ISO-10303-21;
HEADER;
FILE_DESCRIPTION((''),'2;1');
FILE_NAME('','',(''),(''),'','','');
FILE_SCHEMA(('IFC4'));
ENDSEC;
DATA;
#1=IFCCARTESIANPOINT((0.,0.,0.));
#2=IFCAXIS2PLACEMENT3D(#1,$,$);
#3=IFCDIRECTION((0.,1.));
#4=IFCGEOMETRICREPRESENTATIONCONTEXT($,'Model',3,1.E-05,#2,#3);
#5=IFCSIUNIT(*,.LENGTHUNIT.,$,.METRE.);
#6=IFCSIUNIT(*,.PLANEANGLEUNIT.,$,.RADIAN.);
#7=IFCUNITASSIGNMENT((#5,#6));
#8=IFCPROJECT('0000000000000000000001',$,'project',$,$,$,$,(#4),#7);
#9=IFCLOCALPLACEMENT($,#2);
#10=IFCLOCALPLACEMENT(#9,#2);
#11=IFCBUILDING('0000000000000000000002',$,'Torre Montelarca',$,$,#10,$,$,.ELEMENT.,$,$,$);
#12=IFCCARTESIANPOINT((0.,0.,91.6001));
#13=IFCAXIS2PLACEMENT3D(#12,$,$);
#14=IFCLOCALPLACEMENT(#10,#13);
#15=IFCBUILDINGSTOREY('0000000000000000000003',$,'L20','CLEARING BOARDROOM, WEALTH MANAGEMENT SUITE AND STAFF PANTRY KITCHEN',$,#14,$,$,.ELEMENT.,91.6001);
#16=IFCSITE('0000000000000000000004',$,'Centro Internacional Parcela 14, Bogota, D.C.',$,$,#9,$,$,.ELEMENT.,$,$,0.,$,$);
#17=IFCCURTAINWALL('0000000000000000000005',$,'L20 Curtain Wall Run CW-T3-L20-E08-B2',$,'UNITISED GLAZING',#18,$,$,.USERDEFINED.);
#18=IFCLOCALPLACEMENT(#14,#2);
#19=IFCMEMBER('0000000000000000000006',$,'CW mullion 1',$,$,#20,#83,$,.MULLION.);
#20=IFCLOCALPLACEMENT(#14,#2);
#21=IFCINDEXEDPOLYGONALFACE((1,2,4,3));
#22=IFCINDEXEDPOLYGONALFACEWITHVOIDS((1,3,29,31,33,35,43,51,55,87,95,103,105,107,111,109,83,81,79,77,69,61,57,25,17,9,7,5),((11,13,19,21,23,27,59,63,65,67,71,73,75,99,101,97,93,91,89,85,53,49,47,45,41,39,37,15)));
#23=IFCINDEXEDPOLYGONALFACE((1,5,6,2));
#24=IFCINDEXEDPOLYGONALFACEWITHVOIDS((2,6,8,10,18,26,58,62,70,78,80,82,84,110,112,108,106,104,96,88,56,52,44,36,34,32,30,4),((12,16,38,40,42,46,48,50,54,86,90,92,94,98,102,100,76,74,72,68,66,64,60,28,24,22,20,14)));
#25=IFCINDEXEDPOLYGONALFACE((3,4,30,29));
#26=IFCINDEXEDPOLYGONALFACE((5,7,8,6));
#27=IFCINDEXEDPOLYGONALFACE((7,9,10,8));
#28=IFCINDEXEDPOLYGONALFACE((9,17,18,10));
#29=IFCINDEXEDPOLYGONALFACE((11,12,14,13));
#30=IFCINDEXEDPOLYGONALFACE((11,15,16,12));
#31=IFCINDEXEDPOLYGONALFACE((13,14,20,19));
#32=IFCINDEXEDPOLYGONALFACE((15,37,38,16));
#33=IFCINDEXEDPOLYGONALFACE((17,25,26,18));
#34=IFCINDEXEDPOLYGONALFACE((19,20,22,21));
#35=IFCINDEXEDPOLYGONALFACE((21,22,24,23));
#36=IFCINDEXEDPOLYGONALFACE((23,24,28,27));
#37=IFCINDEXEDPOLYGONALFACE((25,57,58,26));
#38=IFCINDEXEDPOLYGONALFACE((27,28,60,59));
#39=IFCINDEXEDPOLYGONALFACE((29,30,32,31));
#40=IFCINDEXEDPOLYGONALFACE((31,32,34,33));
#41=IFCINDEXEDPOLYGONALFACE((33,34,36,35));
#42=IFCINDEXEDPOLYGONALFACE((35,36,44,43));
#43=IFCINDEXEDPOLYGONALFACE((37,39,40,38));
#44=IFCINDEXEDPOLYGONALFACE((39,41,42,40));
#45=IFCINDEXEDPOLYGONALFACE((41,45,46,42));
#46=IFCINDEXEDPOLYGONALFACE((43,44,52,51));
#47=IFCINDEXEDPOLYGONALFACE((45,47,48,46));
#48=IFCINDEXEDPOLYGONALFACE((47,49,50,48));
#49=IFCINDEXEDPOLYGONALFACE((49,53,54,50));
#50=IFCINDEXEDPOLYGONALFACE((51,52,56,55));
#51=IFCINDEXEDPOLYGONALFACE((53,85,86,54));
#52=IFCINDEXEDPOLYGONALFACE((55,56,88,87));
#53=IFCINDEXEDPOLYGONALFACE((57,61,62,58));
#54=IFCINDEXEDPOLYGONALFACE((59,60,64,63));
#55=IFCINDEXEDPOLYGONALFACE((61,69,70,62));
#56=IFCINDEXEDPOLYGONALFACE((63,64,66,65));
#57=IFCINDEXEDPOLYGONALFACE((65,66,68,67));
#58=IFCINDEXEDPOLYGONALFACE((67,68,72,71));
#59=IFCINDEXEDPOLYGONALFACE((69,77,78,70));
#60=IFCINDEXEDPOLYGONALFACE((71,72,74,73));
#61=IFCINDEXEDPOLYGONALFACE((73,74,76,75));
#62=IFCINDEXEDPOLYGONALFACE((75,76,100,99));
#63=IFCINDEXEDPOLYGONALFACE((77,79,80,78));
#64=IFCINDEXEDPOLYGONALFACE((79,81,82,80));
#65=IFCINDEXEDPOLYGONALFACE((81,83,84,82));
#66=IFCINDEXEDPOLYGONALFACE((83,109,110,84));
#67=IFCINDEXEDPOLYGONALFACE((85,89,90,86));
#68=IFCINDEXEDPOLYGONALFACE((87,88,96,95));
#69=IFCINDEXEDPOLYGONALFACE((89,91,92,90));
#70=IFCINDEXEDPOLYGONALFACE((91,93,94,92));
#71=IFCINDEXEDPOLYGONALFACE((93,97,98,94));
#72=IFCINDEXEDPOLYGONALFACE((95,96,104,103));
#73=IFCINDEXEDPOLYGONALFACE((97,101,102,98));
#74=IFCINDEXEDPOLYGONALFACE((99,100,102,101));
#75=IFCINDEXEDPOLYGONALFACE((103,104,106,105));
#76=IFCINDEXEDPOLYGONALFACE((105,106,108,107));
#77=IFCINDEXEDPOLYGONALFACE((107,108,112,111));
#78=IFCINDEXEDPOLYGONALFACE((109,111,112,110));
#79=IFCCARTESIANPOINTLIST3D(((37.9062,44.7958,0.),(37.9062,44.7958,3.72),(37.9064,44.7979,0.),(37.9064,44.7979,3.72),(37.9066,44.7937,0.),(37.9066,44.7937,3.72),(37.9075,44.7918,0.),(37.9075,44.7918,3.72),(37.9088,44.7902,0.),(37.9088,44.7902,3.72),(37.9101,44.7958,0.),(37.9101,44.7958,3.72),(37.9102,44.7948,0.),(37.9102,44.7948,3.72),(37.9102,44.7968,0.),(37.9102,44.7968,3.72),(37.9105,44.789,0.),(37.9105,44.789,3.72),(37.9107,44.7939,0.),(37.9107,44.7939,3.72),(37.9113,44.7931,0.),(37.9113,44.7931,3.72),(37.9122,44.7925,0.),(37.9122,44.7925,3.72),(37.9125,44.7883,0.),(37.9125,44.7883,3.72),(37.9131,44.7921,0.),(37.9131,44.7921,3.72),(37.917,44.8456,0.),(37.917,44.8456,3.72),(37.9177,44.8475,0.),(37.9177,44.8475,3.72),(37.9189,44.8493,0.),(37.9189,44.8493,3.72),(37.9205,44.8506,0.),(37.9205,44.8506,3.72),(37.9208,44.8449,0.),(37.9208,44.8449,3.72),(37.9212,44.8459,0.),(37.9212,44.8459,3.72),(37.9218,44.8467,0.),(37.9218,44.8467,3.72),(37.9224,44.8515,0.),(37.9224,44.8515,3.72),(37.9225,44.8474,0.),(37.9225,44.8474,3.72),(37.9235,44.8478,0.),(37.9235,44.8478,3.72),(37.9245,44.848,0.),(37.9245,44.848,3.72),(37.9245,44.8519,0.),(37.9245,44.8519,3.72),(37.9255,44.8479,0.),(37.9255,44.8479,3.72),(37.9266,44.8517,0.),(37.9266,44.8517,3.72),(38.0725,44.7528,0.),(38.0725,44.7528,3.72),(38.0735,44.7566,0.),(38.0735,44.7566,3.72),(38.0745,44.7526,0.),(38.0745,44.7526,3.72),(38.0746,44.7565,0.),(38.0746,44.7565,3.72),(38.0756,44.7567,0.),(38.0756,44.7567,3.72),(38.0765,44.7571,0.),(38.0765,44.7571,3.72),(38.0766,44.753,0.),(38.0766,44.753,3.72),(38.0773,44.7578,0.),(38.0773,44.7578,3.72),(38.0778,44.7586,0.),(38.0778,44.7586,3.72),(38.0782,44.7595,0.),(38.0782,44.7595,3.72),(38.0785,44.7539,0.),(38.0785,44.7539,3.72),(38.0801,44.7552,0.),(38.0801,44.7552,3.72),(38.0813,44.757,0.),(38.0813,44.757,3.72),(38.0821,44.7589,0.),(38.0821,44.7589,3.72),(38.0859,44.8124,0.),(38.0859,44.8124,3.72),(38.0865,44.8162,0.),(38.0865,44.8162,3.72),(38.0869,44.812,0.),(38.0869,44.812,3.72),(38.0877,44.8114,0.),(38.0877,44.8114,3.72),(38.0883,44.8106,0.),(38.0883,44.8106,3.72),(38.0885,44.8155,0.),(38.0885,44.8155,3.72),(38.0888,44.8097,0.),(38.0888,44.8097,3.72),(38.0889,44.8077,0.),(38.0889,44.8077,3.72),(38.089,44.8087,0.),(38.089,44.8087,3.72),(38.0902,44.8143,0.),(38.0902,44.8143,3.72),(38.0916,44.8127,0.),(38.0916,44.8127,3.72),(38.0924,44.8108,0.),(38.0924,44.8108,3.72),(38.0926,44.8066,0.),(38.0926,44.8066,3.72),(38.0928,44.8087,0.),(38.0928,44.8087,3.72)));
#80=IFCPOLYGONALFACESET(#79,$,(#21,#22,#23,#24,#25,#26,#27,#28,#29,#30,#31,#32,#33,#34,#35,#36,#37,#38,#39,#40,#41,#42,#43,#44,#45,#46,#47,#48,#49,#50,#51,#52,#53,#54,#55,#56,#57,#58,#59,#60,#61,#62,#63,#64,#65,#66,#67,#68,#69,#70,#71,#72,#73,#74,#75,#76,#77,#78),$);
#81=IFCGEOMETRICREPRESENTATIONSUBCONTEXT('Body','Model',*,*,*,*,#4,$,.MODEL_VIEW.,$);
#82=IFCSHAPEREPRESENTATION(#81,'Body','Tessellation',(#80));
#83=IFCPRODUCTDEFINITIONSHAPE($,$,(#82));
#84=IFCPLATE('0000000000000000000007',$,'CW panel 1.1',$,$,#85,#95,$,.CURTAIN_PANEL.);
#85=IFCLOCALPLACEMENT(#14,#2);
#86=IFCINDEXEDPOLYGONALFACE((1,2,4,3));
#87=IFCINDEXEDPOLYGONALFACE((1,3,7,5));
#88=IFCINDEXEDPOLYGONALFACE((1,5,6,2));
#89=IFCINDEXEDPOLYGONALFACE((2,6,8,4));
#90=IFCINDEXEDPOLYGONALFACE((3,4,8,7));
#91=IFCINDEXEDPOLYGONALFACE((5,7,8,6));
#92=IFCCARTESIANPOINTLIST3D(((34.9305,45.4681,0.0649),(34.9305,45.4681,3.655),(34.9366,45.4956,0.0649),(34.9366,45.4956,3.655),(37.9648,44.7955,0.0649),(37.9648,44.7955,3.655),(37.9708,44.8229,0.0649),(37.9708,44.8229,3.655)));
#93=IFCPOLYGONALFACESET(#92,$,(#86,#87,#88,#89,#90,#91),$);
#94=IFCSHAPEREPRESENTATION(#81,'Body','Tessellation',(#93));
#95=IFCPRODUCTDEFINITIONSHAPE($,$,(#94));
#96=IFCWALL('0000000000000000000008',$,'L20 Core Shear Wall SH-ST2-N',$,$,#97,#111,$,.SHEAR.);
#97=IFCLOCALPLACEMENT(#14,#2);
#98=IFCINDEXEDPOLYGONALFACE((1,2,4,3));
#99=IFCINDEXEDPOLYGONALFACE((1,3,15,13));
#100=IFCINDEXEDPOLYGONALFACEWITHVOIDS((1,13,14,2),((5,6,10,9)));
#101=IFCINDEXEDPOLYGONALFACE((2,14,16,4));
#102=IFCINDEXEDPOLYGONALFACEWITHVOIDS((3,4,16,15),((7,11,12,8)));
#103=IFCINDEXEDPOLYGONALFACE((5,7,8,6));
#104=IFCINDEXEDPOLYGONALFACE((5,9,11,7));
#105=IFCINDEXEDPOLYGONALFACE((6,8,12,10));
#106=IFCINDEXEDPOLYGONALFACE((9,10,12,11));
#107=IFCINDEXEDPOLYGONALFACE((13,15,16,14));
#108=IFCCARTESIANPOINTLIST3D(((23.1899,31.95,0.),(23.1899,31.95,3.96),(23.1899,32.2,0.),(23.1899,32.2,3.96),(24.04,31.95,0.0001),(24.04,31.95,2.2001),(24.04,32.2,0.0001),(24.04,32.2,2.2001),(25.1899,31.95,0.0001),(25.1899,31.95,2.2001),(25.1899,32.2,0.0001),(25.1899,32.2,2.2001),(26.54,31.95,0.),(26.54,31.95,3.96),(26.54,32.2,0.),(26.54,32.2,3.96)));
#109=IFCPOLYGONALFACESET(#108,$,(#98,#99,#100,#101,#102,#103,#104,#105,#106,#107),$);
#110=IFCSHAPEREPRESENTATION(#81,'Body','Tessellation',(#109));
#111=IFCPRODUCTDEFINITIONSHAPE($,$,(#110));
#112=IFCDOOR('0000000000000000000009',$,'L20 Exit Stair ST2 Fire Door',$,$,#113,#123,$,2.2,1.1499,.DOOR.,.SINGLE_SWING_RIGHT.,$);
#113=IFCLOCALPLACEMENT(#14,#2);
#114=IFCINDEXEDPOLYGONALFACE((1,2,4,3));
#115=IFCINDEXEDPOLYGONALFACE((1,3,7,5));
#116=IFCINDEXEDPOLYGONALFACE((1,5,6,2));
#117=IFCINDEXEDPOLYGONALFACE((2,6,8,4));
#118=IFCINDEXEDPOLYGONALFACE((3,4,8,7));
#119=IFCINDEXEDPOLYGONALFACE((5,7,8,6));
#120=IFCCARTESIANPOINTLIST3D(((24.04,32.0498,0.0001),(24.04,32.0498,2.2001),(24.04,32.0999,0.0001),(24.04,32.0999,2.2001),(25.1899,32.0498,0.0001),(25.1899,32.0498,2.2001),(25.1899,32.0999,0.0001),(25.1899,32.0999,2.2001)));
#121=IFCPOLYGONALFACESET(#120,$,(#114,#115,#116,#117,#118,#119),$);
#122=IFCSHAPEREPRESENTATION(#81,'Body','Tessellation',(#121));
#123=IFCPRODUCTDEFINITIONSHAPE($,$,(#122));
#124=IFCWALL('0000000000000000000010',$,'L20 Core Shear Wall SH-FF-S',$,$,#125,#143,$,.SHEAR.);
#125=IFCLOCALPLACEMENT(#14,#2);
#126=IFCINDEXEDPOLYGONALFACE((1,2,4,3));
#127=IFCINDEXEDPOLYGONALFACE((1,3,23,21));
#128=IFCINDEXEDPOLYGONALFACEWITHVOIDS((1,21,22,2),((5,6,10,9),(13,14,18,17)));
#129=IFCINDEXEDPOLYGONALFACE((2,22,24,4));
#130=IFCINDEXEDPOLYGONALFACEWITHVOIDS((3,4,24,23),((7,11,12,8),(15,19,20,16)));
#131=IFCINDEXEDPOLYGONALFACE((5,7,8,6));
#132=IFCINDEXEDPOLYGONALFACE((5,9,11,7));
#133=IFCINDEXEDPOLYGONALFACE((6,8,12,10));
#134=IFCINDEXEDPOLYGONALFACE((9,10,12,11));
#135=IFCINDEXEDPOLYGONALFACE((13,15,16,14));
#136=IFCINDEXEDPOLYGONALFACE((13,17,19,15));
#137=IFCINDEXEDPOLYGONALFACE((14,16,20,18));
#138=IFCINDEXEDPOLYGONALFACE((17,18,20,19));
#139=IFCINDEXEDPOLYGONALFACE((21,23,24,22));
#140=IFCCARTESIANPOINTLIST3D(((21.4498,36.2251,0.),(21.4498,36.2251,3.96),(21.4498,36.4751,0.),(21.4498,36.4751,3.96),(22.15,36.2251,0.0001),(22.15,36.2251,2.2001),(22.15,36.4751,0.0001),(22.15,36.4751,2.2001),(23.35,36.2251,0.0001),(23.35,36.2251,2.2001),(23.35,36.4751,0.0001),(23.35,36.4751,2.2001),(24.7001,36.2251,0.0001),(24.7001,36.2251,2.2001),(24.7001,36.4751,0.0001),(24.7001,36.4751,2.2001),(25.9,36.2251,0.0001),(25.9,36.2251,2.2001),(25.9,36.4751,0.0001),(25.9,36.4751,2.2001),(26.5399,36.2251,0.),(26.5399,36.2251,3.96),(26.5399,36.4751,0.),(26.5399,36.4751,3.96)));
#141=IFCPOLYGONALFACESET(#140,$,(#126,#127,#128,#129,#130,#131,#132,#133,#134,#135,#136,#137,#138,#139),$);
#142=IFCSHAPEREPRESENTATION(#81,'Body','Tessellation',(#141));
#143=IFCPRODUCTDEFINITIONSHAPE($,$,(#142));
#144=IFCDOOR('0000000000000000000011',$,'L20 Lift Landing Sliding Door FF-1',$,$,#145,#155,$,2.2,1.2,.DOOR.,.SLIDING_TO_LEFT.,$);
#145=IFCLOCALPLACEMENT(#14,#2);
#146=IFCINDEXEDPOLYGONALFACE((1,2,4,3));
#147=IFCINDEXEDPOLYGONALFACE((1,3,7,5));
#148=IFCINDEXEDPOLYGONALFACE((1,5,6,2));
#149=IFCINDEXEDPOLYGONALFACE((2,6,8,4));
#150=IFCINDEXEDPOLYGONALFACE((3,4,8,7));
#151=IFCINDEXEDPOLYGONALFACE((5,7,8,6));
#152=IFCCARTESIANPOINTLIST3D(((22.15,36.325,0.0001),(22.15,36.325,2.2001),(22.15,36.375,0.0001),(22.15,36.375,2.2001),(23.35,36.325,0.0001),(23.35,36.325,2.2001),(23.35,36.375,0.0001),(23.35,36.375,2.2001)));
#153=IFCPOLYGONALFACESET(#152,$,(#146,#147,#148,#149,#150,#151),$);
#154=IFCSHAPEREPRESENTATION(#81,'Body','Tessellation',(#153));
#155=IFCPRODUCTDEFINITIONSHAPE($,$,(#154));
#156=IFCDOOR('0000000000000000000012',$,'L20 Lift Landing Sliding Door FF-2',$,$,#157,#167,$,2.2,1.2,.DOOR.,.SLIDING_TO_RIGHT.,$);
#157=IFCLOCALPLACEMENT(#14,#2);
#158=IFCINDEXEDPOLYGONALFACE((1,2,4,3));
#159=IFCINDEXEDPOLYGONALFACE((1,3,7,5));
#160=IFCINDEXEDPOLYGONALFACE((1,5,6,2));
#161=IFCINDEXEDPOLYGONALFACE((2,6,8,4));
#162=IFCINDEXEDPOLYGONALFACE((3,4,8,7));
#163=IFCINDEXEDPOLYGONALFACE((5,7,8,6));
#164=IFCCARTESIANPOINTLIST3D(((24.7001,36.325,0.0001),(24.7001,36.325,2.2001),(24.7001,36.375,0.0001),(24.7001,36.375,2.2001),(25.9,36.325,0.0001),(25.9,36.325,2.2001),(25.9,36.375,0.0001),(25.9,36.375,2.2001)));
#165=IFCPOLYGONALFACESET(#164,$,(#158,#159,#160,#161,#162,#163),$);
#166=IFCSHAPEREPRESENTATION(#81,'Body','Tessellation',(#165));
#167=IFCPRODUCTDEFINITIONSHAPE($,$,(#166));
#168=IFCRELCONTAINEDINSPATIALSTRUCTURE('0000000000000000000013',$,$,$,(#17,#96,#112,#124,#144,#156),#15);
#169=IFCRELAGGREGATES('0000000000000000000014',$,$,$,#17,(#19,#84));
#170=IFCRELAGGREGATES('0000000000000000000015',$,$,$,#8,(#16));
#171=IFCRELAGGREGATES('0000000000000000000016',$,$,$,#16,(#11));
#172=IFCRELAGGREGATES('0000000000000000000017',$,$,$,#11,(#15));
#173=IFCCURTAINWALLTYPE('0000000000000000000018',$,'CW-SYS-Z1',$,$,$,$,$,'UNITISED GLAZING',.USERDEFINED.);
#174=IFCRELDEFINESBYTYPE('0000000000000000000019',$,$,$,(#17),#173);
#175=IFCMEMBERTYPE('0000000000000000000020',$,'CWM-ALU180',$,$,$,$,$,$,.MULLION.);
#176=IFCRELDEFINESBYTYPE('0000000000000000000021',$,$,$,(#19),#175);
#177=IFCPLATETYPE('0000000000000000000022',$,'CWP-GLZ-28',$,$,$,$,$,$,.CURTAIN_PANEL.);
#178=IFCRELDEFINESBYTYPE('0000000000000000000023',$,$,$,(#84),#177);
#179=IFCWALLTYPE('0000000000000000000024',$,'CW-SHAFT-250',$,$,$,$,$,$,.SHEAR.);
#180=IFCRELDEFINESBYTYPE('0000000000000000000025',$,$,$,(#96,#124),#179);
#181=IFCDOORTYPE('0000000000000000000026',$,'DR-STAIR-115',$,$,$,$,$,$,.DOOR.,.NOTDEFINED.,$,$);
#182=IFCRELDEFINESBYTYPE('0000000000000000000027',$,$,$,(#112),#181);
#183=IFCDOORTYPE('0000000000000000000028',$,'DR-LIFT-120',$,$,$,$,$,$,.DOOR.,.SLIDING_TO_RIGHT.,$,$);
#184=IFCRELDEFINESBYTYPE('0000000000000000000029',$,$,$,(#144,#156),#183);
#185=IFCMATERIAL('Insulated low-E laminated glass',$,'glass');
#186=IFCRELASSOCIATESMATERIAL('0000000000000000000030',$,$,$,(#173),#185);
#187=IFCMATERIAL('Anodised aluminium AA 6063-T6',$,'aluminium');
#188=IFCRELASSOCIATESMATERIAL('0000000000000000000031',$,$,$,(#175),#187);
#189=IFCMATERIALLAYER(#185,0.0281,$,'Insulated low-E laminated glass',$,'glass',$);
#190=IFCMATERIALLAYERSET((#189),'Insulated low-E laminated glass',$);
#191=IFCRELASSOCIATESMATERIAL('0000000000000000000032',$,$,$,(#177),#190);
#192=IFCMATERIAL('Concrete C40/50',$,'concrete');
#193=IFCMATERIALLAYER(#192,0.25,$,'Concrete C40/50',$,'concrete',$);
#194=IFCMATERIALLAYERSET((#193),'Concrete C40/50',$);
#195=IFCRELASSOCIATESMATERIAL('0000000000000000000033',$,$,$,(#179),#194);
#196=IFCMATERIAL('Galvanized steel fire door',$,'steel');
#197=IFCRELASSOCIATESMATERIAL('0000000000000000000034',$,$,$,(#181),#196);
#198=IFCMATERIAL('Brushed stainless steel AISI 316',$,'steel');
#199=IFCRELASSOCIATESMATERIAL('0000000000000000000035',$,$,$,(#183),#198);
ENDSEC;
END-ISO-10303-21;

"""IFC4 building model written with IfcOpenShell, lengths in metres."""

from ifc_helpers import new_model, si_unit, direction, frame, frame_2d, origin, origin_2d, place, context, subcontext, project, spatial, rectangle, hollow_rectangle, extrude, source, transform, mapped, material, layer, layer_set, material_profile, profile_set, type_object, element, fill, aggregate, save


model = new_model("IFC4")

# Units and contexts
model_context = context("Model", 3, precision=1e-05, world=origin(), true_north=direction((0.0, 1.0)))
body_context = subcontext(model_context, "Body", "Model", "MODEL_VIEW")
ifc_project = project(units=[si_unit("LENGTHUNIT", "METRE"), si_unit("PLANEANGLEUNIT", "RADIAN")], contexts=[model_context])

# Site, building, storey
site_placement = place(None, origin())
site = spatial("IfcSite", under=ifc_project, at=site_placement, Name="Centro Internacional Parcela 14, Bogota, D.C.", CompositionType="ELEMENT", RefElevation=0.0)
building_placement = place(site_placement, origin())
building = spatial("IfcBuilding", under=site, at=building_placement, Name="Torre Montelarca", CompositionType="ELEMENT")
storey_placement = place(building_placement, frame((0.0, 0.0, 91.6001)))
storey = spatial("IfcBuildingStorey", under=building, at=storey_placement, Name="L20", Description="CLEARING BOARDROOM, WEALTH MANAGEMENT SUITE AND STAFF PANTRY KITCHEN", CompositionType="ELEMENT", Elevation=91.6001)

# Curtain wall, member, plate
ifc_material_1 = material(Name="Insulated low-E laminated glass", Category="glass")
curtain_wall_type = type_object("IfcCurtainWallType", Name="CW-SYS-Z1", ElementType="UNITISED GLAZING", PredefinedType="USERDEFINED", material=ifc_material_1)
curtain_wall_placement = place(storey_placement, origin())
curtain_wall = element("IfcCurtainWall", 1, at=curtain_wall_placement, inside=storey, type_object=curtain_wall_type, Name="L20 Curtain Wall Run CW-T3-L20-E08-B2", ObjectType="UNITISED GLAZING", PredefinedType="USERDEFINED")
ifc_material_2 = material(Name="Anodised aluminium AA 6063-T6", Category="aluminium")
ifc_material_profile_1 = material_profile(ifc_material_2, hollow_rectangle(XDim=0.0649, YDim=0.1799, WallThickness=0.0039, InnerFilletRadius=0.0039, OuterFilletRadius=0.0081, at=origin_2d()), Name="ALU65X180X4", Category="aluminium")
ifc_profile_set_1 = profile_set([ifc_material_profile_1], Name="Anodised aluminium AA 6063-T6")
member_type_1 = type_object("IfcMemberType", Name="CWM-ALU180", PredefinedType="MULLION", material=ifc_profile_set_1)
shared_shape_1 = source(origin(), body_context, "Body", "SweptSolid", [
    extrude(hollow_rectangle(XDim=0.0649, YDim=0.1799, WallThickness=0.0039, InnerFilletRadius=0.0039, OuterFilletRadius=0.0081, at=origin_2d()), origin(), (0.0, 0.0, 1.0), 3.72),
])
member_1_placement = place(storey_placement, frame((37.9995, 44.8022, 0.0), z_axis=(0.0, 0.0, 1.0), x_axis=(-0.216445, -0.976295, 0.0)))
member_1 = element("IfcMember", 2, at=member_1_placement, type_object=member_type_1, Name="CW mullion 1", PredefinedType="MULLION", context=body_context, shape_type="MappedRepresentation", body=[
    mapped(shared_shape_1, transform((0.0, 0.0, 0.0), scale=1.0)),
])
ifc_layer_1 = layer(ifc_material_1, 0.0281, Name="Insulated low-E laminated glass", Category="glass")
ifc_layer_set_1 = layer_set([ifc_layer_1], Name="Insulated low-E laminated glass")
plate_type = type_object("IfcPlateType", Name="CWP-GLZ-28", PredefinedType="CURTAIN_PANEL", material=ifc_layer_set_1)
shared_shape_2 = source(origin(), body_context, "Body", "SweptSolid", [
    extrude(rectangle(XDim=3.1079, YDim=0.0281, at=origin_2d()), origin(), (0.0, 0.0, 1.0), 3.5901),
])
plate_placement = place(storey_placement, frame((36.4507, 45.1455, 0.0649), z_axis=(0.0, 0.0, 1.0), x_axis=(-0.976295, 0.216445, 0.0)))
plate = element("IfcPlate", 3, at=plate_placement, type_object=plate_type, Name="CW panel 1.1", PredefinedType="CURTAIN_PANEL", context=body_context, shape_type="MappedRepresentation", body=[
    mapped(shared_shape_2, transform((0.0, 0.0, 0.0), scale=1.0)),
])
aggregate(curtain_wall, [member_1, plate])

# Wall, opening, door
ifc_material_3 = material(Name="Concrete C40/50", Category="concrete")
ifc_layer_2 = layer(ifc_material_3, 0.25, Name="Concrete C40/50", Category="concrete")
ifc_layer_set_2 = layer_set([ifc_layer_2], Name="Concrete C40/50")
wall_type_1 = type_object("IfcWallType", Name="CW-SHAFT-250", PredefinedType="SHEAR", material=ifc_layer_set_2)
wall_1_placement = place(storey_placement, frame((23.1899, 32.075, 0.0), z_axis=(0.0, 0.0, 1.0), x_axis=(1.0, 0.0, 0.0)))
wall_1 = element("IfcWall", 4, at=wall_1_placement, inside=storey, type_object=wall_type_1, Name="L20 Core Shear Wall SH-ST2-N", PredefinedType="SHEAR", context=body_context, shape_type="SweptSolid", body=[
    extrude(rectangle(XDim=3.3501, YDim=0.25, at=frame_2d((1.675, 0.0))), origin(), (0.0, 0.0, 1.0), 3.96),
])
opening_1_placement = place(wall_1_placement, frame((0.8501, 0.0, 0.0)))
opening_1 = element("IfcOpeningElement", 5, at=opening_1_placement, cuts=wall_1, PredefinedType="OPENING", context=body_context, shape_type="SweptSolid", body=[
    extrude(rectangle(XDim=1.1499, YDim=2.2, at=frame_2d((0.575, 1.1001))), frame((0.0, 0.135, 0.0), z_axis=(0.0, -1.0, 0.0), x_axis=(1.0, 0.0, 0.0)), (0.0, 0.0, 1.0), 0.27),
])
ifc_material_4 = material(Name="Galvanized steel fire door", Category="steel")
door_type_1 = type_object("IfcDoorType", Name="DR-STAIR-115", OperationType="NOTDEFINED", PredefinedType="DOOR", material=ifc_material_4)
shared_shape_3 = source(origin(), body_context, "Body", "SweptSolid", [
    extrude(rectangle(XDim=1.1499, YDim=2.2, at=frame_2d((0.575, 1.1001))), frame((0.0, 0.0249, 0.0), z_axis=(0.0, -1.0, 0.0), x_axis=(1.0, 0.0, 0.0)), (0.0, 0.0, 1.0), 0.05),
])
door_1_placement = place(opening_1_placement, origin())
door_1 = element("IfcDoor", 6, at=door_1_placement, inside=storey, type_object=door_type_1, Name="L20 Exit Stair ST2 Fire Door", OperationType="SINGLE_SWING_RIGHT", OverallHeight=2.2, OverallWidth=1.1499, PredefinedType="DOOR", context=body_context, shape_type="MappedRepresentation", body=[
    mapped(shared_shape_3, transform((0.0, 0.0, 0.0), scale=1.0)),
])
fill(opening_1, door_1)

# Wall, openings, doors
wall_2_placement = place(storey_placement, frame((21.45, 36.3501, 0.0), z_axis=(0.0, 0.0, 1.0), x_axis=(1.0, 0.0, 0.0)))
wall_2 = element("IfcWall", 7, at=wall_2_placement, inside=storey, type_object=wall_type_1, Name="L20 Core Shear Wall SH-FF-S", PredefinedType="SHEAR", context=body_context, shape_type="SweptSolid", body=[
    extrude(rectangle(XDim=5.0901, YDim=0.25, at=frame_2d((2.5449, 0.0))), origin(), (0.0, 0.0, 1.0), 3.96),
])
opening_2_placement = place(wall_2_placement, frame((0.7, 0.0, 0.0)))
opening_2 = element("IfcOpeningElement", 8, at=opening_2_placement, cuts=wall_2, PredefinedType="OPENING", context=body_context, shape_type="SweptSolid", body=[
    extrude(rectangle(XDim=1.2, YDim=2.2, at=frame_2d((0.6001, 1.1001))), frame((0.0, 0.135, 0.0), z_axis=(0.0, -1.0, 0.0), x_axis=(1.0, 0.0, 0.0)), (0.0, 0.0, 1.0), 0.27),
])
opening_3_placement = place(wall_2_placement, frame((3.25, 0.0, 0.0)))
opening_3 = element("IfcOpeningElement", 9, at=opening_3_placement, cuts=wall_2, PredefinedType="OPENING", context=body_context, shape_type="SweptSolid", body=[
    extrude(rectangle(XDim=1.2, YDim=2.2, at=frame_2d((0.6001, 1.1001))), frame((0.0, 0.135, 0.0), z_axis=(0.0, -1.0, 0.0), x_axis=(1.0, 0.0, 0.0)), (0.0, 0.0, 1.0), 0.27),
])
ifc_material_5 = material(Name="Brushed stainless steel AISI 316", Category="steel")
door_type_2 = type_object("IfcDoorType", Name="DR-LIFT-120", OperationType="SLIDING_TO_RIGHT", PredefinedType="DOOR", material=ifc_material_5)
shared_shape_4 = source(origin(), body_context, "Body", "SweptSolid", [
    extrude(rectangle(XDim=1.2, YDim=2.2, at=frame_2d((0.6001, 1.1001))), frame((0.0, 0.0249, 0.0), z_axis=(0.0, -1.0, 0.0), x_axis=(1.0, 0.0, 0.0)), (0.0, 0.0, 1.0), 0.05),
])
door_2_placement = place(opening_2_placement, origin())
door_2 = element("IfcDoor", 10, at=door_2_placement, inside=storey, type_object=door_type_2, Name="L20 Lift Landing Sliding Door FF-1", OperationType="SLIDING_TO_LEFT", OverallHeight=2.2, OverallWidth=1.2, PredefinedType="DOOR", context=body_context, shape_type="MappedRepresentation", body=[
    mapped(shared_shape_4, transform((0.0, 0.0, 0.0), scale=1.0)),
])
fill(opening_2, door_2)
door_3_placement = place(opening_3_placement, origin())
door_3 = element("IfcDoor", 11, at=door_3_placement, inside=storey, type_object=door_type_2, Name="L20 Lift Landing Sliding Door FF-2", OperationType="SLIDING_TO_RIGHT", OverallHeight=2.2, OverallWidth=1.2, PredefinedType="DOOR", context=body_context, shape_type="MappedRepresentation", body=[
    mapped(shared_shape_4, transform((0.0, 0.0, 0.0), scale=1.0)),
])
fill(opening_3, door_3)

save(model, "model.ifc")
